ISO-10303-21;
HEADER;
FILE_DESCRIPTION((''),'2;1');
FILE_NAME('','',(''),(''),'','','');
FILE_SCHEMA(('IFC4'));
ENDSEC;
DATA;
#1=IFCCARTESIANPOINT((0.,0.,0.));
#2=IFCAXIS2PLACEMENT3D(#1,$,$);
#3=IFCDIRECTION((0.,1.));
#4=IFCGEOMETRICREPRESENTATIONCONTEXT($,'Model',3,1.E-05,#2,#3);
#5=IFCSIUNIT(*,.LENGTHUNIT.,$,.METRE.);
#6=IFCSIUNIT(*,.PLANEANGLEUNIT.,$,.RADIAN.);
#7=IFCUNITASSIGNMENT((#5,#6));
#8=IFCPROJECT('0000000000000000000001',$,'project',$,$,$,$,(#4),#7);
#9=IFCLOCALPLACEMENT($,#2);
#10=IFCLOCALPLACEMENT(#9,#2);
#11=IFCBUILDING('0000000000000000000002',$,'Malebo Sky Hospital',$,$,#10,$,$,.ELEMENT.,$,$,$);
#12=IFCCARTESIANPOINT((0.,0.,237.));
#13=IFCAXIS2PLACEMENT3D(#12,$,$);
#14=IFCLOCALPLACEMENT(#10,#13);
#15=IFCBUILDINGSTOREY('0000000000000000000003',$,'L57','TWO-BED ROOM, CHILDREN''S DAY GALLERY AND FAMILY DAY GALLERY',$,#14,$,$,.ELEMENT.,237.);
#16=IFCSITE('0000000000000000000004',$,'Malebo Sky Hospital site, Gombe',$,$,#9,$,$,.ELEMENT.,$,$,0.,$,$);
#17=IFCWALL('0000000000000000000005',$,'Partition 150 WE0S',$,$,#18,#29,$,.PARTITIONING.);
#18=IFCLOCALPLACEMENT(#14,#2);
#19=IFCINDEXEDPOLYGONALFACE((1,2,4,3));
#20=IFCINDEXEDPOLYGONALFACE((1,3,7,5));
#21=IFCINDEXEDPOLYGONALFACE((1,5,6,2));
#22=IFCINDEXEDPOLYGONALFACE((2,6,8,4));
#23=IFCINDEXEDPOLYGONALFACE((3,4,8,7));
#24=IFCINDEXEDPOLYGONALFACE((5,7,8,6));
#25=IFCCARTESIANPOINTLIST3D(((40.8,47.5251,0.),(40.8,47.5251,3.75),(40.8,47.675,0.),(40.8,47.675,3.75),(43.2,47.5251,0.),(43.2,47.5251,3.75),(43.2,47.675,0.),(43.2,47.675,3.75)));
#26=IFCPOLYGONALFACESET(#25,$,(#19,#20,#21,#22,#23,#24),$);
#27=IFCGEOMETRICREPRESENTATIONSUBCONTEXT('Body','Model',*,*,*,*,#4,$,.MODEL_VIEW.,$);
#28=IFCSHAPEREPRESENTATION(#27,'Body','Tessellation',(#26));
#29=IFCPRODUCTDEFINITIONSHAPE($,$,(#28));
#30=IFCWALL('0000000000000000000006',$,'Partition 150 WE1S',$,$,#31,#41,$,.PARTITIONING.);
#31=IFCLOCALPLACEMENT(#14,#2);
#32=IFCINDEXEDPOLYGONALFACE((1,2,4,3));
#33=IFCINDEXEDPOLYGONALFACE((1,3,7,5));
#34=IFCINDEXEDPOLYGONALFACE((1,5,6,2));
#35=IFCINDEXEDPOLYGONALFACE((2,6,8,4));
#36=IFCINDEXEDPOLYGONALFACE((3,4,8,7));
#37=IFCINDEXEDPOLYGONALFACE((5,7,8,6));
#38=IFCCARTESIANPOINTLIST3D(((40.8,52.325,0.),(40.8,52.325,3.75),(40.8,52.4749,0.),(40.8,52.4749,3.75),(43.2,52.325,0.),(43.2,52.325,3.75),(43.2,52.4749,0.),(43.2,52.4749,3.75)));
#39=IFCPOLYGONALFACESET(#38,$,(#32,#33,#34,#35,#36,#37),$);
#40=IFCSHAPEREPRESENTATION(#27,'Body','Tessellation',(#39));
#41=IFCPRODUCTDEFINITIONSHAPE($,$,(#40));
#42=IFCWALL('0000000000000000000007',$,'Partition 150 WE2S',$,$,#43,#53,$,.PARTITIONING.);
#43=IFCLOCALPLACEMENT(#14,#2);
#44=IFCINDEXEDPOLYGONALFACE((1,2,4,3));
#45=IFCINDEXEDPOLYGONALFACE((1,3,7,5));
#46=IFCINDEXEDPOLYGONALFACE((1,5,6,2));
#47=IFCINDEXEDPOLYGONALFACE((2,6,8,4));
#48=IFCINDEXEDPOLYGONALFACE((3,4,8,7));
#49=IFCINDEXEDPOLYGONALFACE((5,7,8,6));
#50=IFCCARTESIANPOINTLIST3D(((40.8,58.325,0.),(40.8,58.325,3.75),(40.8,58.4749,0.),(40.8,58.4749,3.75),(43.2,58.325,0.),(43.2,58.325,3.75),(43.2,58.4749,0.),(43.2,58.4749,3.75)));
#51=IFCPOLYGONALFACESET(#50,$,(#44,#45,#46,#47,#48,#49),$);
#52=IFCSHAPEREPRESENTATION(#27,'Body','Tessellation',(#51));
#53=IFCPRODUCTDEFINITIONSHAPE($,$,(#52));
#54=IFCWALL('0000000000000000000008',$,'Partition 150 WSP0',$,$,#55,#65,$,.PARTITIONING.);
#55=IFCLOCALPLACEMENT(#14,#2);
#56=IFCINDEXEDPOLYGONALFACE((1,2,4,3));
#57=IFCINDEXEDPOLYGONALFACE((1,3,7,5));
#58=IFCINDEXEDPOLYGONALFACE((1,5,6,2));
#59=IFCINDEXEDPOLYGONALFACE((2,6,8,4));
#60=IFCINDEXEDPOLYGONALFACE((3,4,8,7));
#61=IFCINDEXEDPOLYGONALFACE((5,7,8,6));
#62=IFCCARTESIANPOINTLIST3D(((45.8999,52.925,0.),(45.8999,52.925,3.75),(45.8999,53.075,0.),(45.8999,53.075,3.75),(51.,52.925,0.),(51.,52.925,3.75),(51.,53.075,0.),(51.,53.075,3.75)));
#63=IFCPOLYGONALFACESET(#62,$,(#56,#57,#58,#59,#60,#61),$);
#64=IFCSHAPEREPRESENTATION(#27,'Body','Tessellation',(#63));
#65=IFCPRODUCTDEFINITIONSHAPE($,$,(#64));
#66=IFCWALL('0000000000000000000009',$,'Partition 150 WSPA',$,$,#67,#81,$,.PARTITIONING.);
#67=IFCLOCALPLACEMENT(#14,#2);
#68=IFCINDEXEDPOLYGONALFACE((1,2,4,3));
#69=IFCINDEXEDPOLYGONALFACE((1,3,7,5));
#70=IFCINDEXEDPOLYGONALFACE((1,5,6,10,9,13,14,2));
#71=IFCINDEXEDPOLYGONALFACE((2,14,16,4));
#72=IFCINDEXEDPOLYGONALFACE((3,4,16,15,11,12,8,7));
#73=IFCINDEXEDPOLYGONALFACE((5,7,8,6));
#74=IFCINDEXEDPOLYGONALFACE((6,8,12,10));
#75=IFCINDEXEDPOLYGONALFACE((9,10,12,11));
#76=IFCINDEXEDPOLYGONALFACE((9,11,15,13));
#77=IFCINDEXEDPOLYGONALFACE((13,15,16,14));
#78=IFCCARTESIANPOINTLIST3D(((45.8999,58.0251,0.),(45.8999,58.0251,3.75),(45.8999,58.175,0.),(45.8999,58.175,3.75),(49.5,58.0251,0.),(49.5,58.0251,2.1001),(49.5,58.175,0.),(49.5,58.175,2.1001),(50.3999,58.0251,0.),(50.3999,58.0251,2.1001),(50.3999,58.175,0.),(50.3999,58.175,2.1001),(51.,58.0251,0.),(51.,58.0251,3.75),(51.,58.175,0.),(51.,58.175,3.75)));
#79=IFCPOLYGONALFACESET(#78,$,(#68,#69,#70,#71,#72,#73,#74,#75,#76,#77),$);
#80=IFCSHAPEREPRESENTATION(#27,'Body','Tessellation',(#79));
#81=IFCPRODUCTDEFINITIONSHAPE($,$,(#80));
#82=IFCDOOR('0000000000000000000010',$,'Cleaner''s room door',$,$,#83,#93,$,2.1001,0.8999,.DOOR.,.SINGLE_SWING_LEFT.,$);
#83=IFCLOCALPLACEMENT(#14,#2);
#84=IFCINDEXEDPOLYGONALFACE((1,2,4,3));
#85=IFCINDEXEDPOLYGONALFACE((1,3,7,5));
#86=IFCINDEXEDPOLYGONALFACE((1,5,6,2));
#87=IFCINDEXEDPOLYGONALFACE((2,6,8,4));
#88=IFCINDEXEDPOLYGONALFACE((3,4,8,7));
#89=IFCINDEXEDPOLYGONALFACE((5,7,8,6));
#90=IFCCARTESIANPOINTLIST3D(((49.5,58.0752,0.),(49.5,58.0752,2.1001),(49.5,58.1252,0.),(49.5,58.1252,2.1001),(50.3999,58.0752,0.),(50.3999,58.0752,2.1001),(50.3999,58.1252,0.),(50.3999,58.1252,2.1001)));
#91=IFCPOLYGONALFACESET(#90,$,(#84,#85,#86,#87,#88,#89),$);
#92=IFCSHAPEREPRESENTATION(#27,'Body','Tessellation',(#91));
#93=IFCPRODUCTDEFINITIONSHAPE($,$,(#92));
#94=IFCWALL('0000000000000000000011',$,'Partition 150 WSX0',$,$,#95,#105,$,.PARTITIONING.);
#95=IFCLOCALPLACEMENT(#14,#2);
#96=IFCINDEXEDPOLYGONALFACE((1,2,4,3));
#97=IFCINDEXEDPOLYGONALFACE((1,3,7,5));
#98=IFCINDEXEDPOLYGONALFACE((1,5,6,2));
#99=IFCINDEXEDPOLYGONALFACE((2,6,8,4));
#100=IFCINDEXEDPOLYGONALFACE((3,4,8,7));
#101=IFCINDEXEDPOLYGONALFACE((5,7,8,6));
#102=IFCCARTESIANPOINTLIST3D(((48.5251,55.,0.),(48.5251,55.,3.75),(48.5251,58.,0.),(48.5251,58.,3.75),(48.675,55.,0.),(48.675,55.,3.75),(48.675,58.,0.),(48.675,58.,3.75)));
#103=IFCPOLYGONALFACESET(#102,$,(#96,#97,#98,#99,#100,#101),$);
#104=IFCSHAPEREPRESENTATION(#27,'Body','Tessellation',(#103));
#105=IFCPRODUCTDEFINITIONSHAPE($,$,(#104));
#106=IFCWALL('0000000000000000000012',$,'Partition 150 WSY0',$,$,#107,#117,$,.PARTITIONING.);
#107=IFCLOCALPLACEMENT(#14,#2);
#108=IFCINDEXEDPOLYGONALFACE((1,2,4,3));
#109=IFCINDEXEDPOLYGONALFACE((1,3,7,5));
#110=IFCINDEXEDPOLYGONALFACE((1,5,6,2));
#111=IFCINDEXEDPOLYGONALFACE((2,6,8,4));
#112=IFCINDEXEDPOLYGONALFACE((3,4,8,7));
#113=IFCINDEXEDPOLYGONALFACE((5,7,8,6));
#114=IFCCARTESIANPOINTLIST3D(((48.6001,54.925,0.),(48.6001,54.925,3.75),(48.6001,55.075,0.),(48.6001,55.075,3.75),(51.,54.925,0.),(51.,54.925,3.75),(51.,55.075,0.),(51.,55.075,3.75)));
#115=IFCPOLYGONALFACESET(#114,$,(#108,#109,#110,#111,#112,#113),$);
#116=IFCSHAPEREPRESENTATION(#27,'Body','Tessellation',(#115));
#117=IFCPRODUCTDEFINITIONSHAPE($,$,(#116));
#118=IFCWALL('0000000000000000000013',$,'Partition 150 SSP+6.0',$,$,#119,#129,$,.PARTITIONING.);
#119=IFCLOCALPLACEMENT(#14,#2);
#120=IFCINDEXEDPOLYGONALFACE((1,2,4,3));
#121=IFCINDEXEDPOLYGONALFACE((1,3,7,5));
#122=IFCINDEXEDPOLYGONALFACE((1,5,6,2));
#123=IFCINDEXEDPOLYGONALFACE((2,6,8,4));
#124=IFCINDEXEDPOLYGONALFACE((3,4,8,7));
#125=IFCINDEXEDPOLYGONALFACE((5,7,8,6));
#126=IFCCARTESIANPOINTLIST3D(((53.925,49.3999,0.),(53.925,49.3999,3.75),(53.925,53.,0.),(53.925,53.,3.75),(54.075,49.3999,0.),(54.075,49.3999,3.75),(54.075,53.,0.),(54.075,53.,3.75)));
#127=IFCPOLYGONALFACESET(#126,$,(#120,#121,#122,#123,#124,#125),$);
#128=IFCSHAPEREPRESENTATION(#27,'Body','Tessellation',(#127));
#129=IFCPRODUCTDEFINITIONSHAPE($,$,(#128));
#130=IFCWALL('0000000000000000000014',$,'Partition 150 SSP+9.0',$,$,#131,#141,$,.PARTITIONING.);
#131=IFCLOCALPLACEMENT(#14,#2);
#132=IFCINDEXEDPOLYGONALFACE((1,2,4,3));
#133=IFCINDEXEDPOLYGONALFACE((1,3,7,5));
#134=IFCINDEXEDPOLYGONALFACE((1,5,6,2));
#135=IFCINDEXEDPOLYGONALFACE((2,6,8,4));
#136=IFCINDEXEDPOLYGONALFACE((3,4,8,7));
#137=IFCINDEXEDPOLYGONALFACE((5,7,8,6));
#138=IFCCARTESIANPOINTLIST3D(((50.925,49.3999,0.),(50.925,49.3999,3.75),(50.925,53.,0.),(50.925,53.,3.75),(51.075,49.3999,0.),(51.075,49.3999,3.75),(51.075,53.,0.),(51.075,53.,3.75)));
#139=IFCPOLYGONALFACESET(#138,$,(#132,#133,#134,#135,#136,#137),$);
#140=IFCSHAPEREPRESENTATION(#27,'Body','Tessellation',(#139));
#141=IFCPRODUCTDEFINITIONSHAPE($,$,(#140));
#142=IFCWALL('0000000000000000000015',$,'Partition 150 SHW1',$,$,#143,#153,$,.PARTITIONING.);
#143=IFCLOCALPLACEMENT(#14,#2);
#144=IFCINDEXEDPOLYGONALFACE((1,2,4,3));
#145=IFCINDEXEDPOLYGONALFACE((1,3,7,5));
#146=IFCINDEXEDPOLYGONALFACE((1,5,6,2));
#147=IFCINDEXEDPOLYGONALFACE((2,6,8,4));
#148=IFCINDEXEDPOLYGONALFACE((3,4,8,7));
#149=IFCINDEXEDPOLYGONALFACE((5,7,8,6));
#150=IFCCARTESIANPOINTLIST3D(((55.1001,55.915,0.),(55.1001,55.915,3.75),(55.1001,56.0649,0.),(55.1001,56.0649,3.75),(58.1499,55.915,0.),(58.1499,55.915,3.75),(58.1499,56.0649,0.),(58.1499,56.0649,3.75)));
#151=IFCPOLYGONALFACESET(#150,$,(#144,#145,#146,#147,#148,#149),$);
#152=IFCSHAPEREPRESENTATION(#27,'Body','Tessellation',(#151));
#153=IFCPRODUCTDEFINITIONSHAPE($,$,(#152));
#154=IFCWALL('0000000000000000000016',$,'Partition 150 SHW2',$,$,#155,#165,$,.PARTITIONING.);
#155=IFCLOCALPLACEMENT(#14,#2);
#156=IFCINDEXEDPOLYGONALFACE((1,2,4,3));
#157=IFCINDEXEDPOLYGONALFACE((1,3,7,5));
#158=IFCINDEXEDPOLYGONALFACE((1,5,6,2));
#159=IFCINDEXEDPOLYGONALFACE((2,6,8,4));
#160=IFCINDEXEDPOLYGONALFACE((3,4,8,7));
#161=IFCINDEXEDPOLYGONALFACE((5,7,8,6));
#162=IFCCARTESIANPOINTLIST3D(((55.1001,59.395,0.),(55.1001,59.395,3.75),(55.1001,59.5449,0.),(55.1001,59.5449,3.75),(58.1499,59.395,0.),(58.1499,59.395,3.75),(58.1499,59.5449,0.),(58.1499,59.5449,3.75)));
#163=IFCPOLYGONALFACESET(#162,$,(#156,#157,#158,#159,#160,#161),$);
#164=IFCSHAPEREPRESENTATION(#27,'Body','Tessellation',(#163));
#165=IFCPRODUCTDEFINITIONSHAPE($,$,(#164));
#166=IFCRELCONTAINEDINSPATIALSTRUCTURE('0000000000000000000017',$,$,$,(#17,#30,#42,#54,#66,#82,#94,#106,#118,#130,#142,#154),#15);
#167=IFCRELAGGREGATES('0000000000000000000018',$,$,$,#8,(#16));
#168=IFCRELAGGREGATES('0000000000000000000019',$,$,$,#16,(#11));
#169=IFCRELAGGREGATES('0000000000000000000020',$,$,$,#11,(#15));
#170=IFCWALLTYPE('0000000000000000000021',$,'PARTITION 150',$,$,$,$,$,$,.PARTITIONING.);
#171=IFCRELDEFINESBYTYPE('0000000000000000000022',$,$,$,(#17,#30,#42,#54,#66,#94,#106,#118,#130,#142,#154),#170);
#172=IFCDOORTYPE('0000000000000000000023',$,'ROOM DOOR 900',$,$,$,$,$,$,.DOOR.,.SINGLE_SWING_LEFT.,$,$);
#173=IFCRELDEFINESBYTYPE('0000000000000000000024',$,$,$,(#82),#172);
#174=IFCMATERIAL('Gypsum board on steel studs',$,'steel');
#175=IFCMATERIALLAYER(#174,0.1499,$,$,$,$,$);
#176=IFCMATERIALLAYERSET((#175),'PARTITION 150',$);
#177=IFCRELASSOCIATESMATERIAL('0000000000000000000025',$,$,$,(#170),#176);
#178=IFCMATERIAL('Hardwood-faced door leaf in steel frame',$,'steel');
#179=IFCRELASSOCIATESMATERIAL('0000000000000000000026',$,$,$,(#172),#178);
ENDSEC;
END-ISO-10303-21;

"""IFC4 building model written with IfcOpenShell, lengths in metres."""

from ifc_helpers import new_model, si_unit, direction, frame, frame_2d, origin, place, context, subcontext, project, spatial, rectangle, extrude, material, layer, layer_set, type_object, element, fill, save


model = new_model("IFC4")

# Units and contexts
model_context = context("Model", 3, precision=1e-05, world=origin(), true_north=direction((0.0, 1.0)))
body_context = subcontext(model_context, "Body", "Model", "MODEL_VIEW")
ifc_project = project(units=[si_unit("LENGTHUNIT", "METRE"), si_unit("PLANEANGLEUNIT", "RADIAN")], contexts=[model_context])

# Site, building, storey
site_placement = place(None, origin())
site = spatial("IfcSite", under=ifc_project, at=site_placement, Name="Malebo Sky Hospital site, Gombe", CompositionType="ELEMENT", RefElevation=0.0)
building_placement = place(site_placement, origin())
building = spatial("IfcBuilding", under=site, at=building_placement, Name="Malebo Sky Hospital", CompositionType="ELEMENT")
storey_placement = place(building_placement, frame((0.0, 0.0, 237.0)))
storey = spatial("IfcBuildingStorey", under=building, at=storey_placement, Name="L57", Description="TWO-BED ROOM, CHILDREN'S DAY GALLERY AND FAMILY DAY GALLERY", CompositionType="ELEMENT", Elevation=237.0)

# Shared definitions
ifc_material_1 = material(Name="Hardwood-faced door leaf in steel frame", Category="steel")
ifc_material_2 = material(Name="Gypsum board on steel studs", Category="steel")

# Walls
ifc_layer_1 = layer(ifc_material_2, 0.1499)
ifc_layer_set_1 = layer_set([ifc_layer_1], Name="PARTITION 150")
wall_type_1 = type_object("IfcWallType", Name="PARTITION 150", PredefinedType="PARTITIONING", material=ifc_layer_set_1)
for number, where, z_axis, x_axis, name in (
    (1, (43.2, 47.6001, 0.0), (0.0, 0.0, 1.0), (-1.0, 0.0, 0.0), "Partition 150 WE0S"),
    (2, (43.2, 52.3999, 0.0), (0.0, 0.0, 1.0), (-1.0, 0.0, 0.0), "Partition 150 WE1S"),
    (3, (43.2, 58.3999, 0.0), (0.0, 0.0, 1.0), (-1.0, 0.0, 0.0), "Partition 150 WE2S"),
):
    element("IfcWall", number, at=place(storey_placement, frame(where, z_axis=z_axis, x_axis=x_axis)), inside=storey, type_object=wall_type_1, Name=name, PredefinedType="PARTITIONING", context=body_context, shape_type="SweptSolid", body=[
        extrude(rectangle(XDim=2.3999, YDim=0.1499, at=frame_2d((1.2, 0.0))), origin(), (0.0, 0.0, 1.0), 3.75),
    ])
wall_1_placement = place(storey_placement, frame((51.0, 53.0, 0.0), z_axis=(0.0, 0.0, 1.0), x_axis=(-1.0, 0.0, 0.0)))
element("IfcWall", 4, at=wall_1_placement, inside=storey, type_object=wall_type_1, Name="Partition 150 WSP0", PredefinedType="PARTITIONING", context=body_context, shape_type="SweptSolid", body=[
    extrude(rectangle(XDim=5.1001, YDim=0.1499, at=frame_2d((2.55, 0.0))), origin(), (0.0, 0.0, 1.0), 3.75),
])

# Wall, opening, door
wall_2_placement = place(storey_placement, frame((51.0, 58.1001, 0.0), z_axis=(0.0, 0.0, 1.0), x_axis=(-1.0, 0.0, 0.0)))
wall_2 = element("IfcWall", 5, at=wall_2_placement, inside=storey, type_object=wall_type_1, Name="Partition 150 WSPA", PredefinedType="PARTITIONING", context=body_context, shape_type="SweptSolid", body=[
    extrude(rectangle(XDim=5.1001, YDim=0.1499, at=frame_2d((2.55, 0.0))), origin(), (0.0, 0.0, 1.0), 3.75),
])
opening_1_placement = place(wall_2_placement, frame((0.6001, 0.0, 0.0)))
opening_1 = element("IfcOpeningElement", 6, at=opening_1_placement, cuts=wall_2, PredefinedType="OPENING", context=body_context, shape_type="SweptSolid", body=[
    extrude(rectangle(XDim=0.8999, YDim=2.1001, at=frame_2d((0.45, 1.05))), frame((0.0, 0.085, 0.0), z_axis=(0.0, -1.0, 0.0), x_axis=(1.0, 0.0, 0.0)), (0.0, 0.0, 1.0), 0.1699),
])
door_type_1 = type_object("IfcDoorType", Name="ROOM DOOR 900", OperationType="SINGLE_SWING_LEFT", PredefinedType="DOOR", material=ifc_material_1)
door_1_placement = place(opening_1_placement, origin())
door_1 = element("IfcDoor", 7, at=door_1_placement, inside=storey, type_object=door_type_1, Name="Cleaner's room door", OperationType="SINGLE_SWING_LEFT", OverallHeight=2.1001, OverallWidth=0.8999, PredefinedType="DOOR", context=body_context, shape_type="SweptSolid", body=[
    extrude(rectangle(XDim=0.8999, YDim=2.1001, at=frame_2d((0.45, 1.05))), frame((0.0, 0.0249, 0.0), z_axis=(0.0, -1.0, 0.0), x_axis=(1.0, 0.0, 0.0)), (0.0, 0.0, 1.0), 0.05),
])
fill(opening_1, door_1)

# Walls
wall_3_placement = place(storey_placement, frame((48.6001, 55.0, 0.0), z_axis=(0.0, 0.0, 1.0), x_axis=(0.0, 1.0, 0.0)))
element("IfcWall", 8, at=wall_3_placement, inside=storey, type_object=wall_type_1, Name="Partition 150 WSX0", PredefinedType="PARTITIONING", context=body_context, shape_type="SweptSolid", body=[
    extrude(rectangle(XDim=3.0, YDim=0.1499, at=frame_2d((1.5, 0.0))), origin(), (0.0, 0.0, 1.0), 3.75),
])
wall_4_placement = place(storey_placement, frame((51.0, 55.0, 0.0), z_axis=(0.0, 0.0, 1.0), x_axis=(-1.0, 0.0, 0.0)))
element("IfcWall", 9, at=wall_4_placement, inside=storey, type_object=wall_type_1, Name="Partition 150 WSY0", PredefinedType="PARTITIONING", context=body_context, shape_type="SweptSolid", body=[
    extrude(rectangle(XDim=2.3999, YDim=0.1499, at=frame_2d((1.2, 0.0))), origin(), (0.0, 0.0, 1.0), 3.75),
])
for number, where, z_axis, x_axis, name in (
    (10, (54.0, 53.0, 0.0), (0.0, 0.0, 1.0), (0.0, -1.0, 0.0), "Partition 150 SSP+6.0"),
    (11, (51.0, 53.0, 0.0), (0.0, 0.0, 1.0), (0.0, -1.0, 0.0), "Partition 150 SSP+9.0"),
):
    element("IfcWall", number, at=place(storey_placement, frame(where, z_axis=z_axis, x_axis=x_axis)), inside=storey, type_object=wall_type_1, Name=name, PredefinedType="PARTITIONING", context=body_context, shape_type="SweptSolid", body=[
        extrude(rectangle(XDim=3.6001, YDim=0.1499, at=frame_2d((1.8, 0.0))), origin(), (0.0, 0.0, 1.0), 3.75),
    ])
for number, where, z_axis, x_axis, name in (
    (12, (55.1001, 55.99, 0.0), (0.0, 0.0, 1.0), (1.0, 0.0, 0.0), "Partition 150 SHW1"),
    (13, (55.1001, 59.47, 0.0), (0.0, 0.0, 1.0), (1.0, 0.0, 0.0), "Partition 150 SHW2"),
):
    element("IfcWall", number, at=place(storey_placement, frame(where, z_axis=z_axis, x_axis=x_axis)), inside=storey, type_object=wall_type_1, Name=name, PredefinedType="PARTITIONING", context=body_context, shape_type="SweptSolid", body=[
        extrude(rectangle(XDim=3.0498, YDim=0.1499, at=frame_2d((1.5249, 0.0))), origin(), (0.0, 0.0, 1.0), 3.75),
    ])

save(model, "model.ifc")
